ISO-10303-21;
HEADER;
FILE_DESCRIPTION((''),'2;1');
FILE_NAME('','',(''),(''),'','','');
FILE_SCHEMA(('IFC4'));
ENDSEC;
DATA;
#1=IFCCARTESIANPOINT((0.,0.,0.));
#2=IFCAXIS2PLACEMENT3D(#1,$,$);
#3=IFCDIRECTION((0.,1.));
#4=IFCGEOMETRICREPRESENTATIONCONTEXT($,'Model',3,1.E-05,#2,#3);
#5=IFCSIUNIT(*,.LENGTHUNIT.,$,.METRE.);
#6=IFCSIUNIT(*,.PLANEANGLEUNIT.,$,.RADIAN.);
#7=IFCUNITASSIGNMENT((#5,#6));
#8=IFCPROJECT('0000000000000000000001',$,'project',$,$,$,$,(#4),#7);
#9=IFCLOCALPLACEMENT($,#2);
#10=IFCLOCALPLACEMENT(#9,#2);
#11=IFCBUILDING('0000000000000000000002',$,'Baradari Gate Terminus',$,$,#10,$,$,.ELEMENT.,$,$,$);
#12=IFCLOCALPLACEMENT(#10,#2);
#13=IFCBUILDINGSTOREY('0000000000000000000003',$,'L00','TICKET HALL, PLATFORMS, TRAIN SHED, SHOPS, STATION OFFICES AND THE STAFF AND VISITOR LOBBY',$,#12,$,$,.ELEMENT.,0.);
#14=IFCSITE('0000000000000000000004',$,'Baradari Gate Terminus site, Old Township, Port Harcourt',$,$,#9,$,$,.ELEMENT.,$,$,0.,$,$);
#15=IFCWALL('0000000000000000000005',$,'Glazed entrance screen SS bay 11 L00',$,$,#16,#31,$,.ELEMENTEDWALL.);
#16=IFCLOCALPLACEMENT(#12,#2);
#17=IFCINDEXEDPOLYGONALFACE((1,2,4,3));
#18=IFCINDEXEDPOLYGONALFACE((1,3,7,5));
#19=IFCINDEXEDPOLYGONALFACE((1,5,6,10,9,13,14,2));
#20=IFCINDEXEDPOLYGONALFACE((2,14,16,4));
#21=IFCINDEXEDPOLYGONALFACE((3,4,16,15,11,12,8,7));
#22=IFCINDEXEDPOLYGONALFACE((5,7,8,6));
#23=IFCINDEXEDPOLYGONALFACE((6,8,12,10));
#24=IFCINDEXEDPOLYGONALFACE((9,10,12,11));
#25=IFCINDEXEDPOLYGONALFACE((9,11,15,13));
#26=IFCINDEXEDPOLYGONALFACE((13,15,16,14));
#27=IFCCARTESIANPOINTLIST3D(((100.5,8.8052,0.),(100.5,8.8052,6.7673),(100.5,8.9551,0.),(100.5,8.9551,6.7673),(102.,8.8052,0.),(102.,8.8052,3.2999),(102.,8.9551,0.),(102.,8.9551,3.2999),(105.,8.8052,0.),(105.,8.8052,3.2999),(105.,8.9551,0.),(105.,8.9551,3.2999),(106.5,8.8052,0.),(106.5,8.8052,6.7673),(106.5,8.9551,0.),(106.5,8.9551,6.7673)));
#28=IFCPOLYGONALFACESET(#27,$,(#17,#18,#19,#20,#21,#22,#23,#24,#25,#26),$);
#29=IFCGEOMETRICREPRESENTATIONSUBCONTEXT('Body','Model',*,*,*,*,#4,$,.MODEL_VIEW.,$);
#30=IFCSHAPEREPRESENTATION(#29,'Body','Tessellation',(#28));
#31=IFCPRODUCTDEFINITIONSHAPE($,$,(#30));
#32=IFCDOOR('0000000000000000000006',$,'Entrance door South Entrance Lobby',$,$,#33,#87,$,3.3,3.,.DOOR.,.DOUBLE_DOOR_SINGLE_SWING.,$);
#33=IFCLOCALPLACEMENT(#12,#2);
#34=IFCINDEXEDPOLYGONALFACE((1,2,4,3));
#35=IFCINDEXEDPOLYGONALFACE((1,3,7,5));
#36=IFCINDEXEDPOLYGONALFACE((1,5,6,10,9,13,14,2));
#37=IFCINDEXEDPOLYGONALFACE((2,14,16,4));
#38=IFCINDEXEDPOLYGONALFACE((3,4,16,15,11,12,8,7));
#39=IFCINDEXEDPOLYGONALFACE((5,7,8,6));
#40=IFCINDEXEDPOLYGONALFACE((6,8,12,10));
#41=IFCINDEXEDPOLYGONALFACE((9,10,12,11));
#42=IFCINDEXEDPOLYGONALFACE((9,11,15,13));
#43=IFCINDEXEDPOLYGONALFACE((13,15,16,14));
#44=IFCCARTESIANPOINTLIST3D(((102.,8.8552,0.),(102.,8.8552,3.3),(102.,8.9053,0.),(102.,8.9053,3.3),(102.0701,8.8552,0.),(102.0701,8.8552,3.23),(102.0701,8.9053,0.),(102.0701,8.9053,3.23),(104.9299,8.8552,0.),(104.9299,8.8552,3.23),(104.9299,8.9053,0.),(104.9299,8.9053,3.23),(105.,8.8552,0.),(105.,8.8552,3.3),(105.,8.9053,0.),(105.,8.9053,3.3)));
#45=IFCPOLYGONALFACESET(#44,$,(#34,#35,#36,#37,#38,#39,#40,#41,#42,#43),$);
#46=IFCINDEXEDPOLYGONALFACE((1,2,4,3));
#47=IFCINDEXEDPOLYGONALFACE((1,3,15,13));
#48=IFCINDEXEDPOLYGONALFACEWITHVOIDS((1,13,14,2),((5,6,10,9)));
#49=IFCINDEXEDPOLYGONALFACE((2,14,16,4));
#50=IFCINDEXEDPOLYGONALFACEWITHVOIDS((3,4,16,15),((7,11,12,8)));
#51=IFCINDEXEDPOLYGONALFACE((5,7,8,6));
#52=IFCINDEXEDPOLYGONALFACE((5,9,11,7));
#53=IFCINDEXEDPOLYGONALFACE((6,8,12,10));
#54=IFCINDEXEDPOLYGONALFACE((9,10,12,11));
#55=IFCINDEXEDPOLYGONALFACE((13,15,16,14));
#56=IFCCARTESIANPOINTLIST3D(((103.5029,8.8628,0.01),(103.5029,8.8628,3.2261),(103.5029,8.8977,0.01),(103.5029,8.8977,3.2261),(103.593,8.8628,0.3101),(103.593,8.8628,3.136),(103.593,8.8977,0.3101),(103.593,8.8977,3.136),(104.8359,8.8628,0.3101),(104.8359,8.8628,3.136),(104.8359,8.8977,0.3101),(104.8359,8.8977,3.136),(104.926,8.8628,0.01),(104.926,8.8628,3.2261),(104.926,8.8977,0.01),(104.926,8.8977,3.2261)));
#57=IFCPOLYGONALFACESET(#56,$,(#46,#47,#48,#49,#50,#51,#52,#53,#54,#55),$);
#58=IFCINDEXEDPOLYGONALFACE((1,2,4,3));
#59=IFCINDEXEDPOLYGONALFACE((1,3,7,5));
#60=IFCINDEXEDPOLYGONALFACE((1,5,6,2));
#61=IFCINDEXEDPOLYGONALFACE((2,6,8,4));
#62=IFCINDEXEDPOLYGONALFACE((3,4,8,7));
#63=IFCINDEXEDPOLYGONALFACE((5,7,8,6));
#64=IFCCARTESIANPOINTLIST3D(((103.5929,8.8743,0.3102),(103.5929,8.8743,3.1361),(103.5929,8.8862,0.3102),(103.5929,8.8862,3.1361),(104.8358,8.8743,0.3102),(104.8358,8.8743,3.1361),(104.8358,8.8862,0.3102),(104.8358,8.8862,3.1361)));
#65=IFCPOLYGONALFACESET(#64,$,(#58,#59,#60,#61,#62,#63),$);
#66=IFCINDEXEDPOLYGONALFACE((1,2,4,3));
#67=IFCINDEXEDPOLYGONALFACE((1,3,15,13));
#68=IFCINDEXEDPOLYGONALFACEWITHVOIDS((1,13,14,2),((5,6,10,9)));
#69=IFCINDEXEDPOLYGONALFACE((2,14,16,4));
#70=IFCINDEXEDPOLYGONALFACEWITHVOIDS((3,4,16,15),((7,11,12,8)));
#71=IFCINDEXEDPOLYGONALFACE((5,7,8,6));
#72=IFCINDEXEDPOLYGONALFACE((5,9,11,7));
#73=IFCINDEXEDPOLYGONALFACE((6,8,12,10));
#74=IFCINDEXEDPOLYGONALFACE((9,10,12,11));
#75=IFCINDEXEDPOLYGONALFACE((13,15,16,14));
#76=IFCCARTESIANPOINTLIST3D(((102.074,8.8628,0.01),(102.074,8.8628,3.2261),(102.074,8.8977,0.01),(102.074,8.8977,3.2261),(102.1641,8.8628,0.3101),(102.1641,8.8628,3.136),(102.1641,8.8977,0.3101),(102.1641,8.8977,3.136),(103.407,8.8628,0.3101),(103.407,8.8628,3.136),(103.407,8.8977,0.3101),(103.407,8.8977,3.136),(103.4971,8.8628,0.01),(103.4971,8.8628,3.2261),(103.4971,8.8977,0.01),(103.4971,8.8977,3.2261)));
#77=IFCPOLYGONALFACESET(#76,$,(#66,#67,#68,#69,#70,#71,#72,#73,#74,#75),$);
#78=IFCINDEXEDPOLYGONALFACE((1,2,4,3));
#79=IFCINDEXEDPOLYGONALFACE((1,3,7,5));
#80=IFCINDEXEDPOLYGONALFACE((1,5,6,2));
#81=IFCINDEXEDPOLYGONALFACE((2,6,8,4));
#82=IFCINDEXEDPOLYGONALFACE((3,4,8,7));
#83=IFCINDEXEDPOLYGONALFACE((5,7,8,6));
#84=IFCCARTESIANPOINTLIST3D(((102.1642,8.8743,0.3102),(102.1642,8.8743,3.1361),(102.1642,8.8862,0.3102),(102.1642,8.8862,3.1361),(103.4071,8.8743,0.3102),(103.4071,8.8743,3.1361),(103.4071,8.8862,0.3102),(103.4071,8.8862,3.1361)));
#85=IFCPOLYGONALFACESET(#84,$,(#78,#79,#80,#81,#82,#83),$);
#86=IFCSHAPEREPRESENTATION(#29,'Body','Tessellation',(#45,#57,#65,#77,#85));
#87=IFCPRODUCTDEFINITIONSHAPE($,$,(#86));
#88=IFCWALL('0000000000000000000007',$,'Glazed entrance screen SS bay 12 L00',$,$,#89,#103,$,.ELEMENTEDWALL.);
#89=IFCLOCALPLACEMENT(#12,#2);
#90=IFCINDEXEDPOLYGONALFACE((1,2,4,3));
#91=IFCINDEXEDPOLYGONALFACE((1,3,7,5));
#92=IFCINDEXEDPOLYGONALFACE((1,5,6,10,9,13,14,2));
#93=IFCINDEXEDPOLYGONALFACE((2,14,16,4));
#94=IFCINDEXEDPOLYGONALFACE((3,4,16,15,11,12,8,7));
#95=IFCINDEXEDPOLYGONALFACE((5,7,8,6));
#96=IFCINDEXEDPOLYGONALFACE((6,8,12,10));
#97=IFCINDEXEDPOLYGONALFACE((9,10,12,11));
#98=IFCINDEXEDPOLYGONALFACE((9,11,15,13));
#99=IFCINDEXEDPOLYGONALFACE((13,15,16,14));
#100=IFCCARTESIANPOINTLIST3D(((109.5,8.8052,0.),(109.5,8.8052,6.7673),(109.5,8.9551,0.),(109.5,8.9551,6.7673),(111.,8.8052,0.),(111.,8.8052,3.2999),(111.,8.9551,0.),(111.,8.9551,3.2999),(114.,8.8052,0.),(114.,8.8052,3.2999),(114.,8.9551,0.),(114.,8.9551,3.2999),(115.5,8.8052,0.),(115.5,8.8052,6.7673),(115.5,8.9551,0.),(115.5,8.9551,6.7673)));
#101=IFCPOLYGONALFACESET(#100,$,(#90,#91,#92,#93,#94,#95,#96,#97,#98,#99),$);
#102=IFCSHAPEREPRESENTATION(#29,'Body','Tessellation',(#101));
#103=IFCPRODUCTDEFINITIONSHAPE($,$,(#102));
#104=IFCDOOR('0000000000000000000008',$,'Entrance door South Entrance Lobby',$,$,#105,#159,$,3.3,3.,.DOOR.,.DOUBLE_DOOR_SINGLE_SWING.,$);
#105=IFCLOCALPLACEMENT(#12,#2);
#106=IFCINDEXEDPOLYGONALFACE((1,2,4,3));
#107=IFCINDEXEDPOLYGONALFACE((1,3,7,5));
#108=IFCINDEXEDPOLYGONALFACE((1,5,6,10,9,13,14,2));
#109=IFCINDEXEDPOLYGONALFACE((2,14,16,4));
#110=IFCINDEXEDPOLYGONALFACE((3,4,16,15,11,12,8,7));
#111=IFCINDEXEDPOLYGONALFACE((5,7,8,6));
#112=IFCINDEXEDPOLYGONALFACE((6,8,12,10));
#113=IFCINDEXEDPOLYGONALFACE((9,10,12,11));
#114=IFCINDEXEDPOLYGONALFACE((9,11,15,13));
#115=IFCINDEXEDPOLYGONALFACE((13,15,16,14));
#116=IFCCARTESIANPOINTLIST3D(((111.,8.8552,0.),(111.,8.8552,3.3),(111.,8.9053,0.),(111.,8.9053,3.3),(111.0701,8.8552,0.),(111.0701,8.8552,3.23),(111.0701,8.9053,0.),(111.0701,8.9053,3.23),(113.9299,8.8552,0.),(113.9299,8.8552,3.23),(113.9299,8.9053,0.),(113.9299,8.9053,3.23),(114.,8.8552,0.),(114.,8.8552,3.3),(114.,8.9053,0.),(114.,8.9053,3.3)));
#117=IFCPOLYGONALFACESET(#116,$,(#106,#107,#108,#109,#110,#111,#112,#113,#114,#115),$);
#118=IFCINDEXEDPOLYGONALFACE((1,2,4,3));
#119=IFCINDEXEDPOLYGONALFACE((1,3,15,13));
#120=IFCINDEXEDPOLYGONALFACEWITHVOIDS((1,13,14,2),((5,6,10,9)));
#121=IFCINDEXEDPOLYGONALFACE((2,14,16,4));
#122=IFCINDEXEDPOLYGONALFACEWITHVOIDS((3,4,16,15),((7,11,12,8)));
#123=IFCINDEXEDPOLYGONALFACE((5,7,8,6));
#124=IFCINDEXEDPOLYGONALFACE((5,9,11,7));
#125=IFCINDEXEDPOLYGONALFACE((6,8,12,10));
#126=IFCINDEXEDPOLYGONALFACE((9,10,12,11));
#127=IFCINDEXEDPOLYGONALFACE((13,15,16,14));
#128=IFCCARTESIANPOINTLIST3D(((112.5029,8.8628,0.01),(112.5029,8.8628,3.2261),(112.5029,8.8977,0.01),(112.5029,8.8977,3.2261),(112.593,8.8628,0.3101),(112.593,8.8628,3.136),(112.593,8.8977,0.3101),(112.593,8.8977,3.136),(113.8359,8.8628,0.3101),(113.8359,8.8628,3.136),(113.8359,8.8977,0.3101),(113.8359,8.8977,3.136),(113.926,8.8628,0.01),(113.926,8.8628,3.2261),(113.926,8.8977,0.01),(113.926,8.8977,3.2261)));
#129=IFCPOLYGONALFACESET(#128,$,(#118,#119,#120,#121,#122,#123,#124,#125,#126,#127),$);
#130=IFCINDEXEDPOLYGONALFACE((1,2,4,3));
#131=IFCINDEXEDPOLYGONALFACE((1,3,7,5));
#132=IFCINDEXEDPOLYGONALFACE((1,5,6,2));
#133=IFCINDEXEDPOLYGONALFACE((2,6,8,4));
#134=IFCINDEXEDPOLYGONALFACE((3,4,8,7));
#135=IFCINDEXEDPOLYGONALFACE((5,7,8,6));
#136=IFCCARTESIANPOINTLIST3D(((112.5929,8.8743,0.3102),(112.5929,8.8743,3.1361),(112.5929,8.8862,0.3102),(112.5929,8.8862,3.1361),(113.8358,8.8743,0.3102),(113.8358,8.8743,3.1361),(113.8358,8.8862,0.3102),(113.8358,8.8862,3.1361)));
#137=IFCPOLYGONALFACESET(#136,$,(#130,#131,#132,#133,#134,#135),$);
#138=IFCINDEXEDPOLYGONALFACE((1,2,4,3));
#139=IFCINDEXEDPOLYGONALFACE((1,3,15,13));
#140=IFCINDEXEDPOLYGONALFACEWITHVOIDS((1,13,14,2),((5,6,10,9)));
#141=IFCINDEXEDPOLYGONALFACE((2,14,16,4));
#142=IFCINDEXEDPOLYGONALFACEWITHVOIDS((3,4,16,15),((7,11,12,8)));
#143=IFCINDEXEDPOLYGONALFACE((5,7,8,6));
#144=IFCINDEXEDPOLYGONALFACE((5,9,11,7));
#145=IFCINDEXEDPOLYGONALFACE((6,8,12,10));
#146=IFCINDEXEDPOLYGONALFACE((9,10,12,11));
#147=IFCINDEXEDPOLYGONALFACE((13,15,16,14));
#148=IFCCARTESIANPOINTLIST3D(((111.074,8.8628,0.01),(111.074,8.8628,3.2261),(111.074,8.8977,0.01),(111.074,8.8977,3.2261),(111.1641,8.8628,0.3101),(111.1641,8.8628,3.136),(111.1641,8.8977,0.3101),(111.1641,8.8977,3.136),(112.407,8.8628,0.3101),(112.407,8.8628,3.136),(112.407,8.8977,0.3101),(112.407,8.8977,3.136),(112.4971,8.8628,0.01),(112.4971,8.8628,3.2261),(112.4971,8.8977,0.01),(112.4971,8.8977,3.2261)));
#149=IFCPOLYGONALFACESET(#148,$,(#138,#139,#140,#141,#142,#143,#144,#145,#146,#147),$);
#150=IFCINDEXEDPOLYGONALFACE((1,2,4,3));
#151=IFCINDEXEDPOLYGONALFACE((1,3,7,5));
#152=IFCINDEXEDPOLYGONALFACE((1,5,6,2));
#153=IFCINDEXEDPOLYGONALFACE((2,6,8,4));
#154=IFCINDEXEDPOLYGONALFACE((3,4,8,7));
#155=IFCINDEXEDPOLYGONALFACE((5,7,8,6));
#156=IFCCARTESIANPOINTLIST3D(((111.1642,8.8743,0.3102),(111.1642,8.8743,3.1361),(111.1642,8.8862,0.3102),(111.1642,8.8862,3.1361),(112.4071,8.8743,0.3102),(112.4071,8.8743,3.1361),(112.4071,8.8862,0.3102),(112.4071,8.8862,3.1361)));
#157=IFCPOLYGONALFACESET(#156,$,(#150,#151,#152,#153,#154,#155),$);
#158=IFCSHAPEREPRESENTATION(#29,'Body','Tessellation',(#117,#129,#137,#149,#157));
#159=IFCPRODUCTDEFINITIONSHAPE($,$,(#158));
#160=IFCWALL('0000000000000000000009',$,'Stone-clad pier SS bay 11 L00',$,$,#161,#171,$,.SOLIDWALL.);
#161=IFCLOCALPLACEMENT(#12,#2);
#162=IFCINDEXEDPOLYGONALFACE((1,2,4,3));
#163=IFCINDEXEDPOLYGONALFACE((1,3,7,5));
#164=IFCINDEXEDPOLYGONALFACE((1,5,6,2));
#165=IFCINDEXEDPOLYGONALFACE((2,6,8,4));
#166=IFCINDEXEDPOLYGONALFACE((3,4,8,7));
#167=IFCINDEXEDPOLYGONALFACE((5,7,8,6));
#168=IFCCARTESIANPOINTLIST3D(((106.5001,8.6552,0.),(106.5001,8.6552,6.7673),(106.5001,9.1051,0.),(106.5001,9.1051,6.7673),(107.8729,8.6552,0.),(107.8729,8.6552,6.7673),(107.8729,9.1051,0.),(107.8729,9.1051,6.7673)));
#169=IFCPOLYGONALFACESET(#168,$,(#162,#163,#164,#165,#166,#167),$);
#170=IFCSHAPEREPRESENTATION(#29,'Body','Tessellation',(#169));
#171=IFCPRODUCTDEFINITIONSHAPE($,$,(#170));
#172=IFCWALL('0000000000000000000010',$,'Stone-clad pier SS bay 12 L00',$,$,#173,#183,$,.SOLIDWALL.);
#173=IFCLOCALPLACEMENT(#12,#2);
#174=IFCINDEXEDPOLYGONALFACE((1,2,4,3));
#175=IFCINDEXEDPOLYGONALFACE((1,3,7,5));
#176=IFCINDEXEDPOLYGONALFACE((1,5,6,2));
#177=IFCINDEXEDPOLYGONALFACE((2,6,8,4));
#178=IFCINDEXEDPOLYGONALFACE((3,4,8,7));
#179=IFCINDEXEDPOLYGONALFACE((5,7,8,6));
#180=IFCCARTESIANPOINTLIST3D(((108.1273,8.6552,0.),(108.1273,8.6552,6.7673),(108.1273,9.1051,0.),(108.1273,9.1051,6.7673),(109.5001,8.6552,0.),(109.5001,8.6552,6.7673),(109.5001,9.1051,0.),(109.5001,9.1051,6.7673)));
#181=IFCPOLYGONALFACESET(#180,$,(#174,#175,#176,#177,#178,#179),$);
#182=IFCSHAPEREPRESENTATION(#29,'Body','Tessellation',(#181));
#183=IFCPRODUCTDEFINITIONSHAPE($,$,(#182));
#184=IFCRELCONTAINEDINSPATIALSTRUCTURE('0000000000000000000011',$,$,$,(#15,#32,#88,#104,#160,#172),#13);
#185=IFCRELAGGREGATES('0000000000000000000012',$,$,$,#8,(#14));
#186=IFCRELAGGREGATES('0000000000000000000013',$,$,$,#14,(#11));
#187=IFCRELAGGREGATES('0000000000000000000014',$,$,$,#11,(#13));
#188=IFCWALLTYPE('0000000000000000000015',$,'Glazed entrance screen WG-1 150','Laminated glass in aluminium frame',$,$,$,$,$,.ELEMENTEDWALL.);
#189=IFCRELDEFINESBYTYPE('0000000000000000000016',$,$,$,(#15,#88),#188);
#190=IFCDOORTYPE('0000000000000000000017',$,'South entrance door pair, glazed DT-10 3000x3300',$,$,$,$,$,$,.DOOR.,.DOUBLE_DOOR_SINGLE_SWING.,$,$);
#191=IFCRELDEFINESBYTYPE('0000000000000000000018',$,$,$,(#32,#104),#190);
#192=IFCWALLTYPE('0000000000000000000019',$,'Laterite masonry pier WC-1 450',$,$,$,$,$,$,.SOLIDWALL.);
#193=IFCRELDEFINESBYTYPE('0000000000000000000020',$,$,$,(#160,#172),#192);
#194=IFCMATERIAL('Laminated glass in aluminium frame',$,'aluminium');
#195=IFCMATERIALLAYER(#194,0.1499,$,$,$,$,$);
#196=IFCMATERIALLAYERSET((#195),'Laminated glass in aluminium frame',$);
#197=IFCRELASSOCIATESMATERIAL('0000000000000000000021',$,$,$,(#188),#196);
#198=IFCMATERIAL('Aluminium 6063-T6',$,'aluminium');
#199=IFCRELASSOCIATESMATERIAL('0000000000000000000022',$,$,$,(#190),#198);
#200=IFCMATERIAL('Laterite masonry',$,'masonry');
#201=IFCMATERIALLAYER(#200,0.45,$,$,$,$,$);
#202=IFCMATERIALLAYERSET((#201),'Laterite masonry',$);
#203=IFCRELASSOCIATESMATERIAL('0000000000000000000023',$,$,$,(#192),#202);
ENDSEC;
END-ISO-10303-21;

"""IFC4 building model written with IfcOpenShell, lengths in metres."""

from ifc_helpers import new_model, si_unit, direction, frame, frame_2d, origin, place, context, subcontext, project, spatial, polyline, rectangle, outline, extrude, material, layer, layer_set, type_object, element, fill, save


model = new_model("IFC4")

# Units and contexts
model_context = context("Model", 3, precision=1e-05, world=origin(), true_north=direction((0.0, 1.0)))
body_context = subcontext(model_context, "Body", "Model", "MODEL_VIEW")
ifc_project = project(units=[si_unit("LENGTHUNIT", "METRE"), si_unit("PLANEANGLEUNIT", "RADIAN")], contexts=[model_context])

# Site, building, storey
site_placement = place(None, origin())
site = spatial("IfcSite", under=ifc_project, at=site_placement, Name="Baradari Gate Terminus site, Old Township, Port Harcourt", CompositionType="ELEMENT", RefElevation=0.0)
building_placement = place(site_placement, origin())
building = spatial("IfcBuilding", under=site, at=building_placement, Name="Baradari Gate Terminus", CompositionType="ELEMENT")
storey_placement = place(building_placement, origin())
storey = spatial("IfcBuildingStorey", under=building, at=storey_placement, Name="L00", Description="TICKET HALL, PLATFORMS, TRAIN SHED, SHOPS, STATION OFFICES AND THE STAFF AND VISITOR LOBBY", CompositionType="ELEMENT", Elevation=0.0)

# Walls, openings, doors
ifc_material_1 = material(Name="Laminated glass in aluminium frame", Category="aluminium")
ifc_layer_1 = layer(ifc_material_1, 0.1499)
ifc_layer_set_1 = layer_set([ifc_layer_1], Name="Laminated glass in aluminium frame")
wall_type_1 = type_object("IfcWallType", Name="Glazed entrance screen WG-1 150", Description="Laminated glass in aluminium frame", PredefinedType="ELEMENTEDWALL", material=ifc_layer_set_1)
wall_1_placement = place(storey_placement, frame((100.5, 8.8801, 0.0), z_axis=(0.0, 0.0, 1.0), x_axis=(1.0, 0.0, 0.0)))
wall_1 = element("IfcWall", 1, at=wall_1_placement, inside=storey, type_object=wall_type_1, Name="Glazed entrance screen SS bay 11 L00", PredefinedType="ELEMENTEDWALL", context=body_context, shape_type="SweptSolid", body=[
    extrude(rectangle(XDim=6.0, YDim=0.1499, at=frame_2d((3.0, 0.0))), origin(), (0.0, 0.0, 1.0), 6.7673),
])
opening_1_placement = place(wall_1_placement, frame((1.5, 0.0, 0.0)))
opening_1 = element("IfcOpeningElement", 2, at=opening_1_placement, cuts=wall_1, PredefinedType="OPENING", context=body_context, shape_type="SweptSolid", body=[
    extrude(rectangle(XDim=3.0, YDim=3.3, at=frame_2d((1.5, 1.6499))), frame((0.0, 0.085, 0.0), z_axis=(0.0, -1.0, 0.0), x_axis=(1.0, 0.0, 0.0)), (0.0, 0.0, 1.0), 0.1699),
])
ifc_material_2 = material(Name="Aluminium 6063-T6", Category="aluminium")
door_type_1 = type_object("IfcDoorType", Name="South entrance door pair, glazed DT-10 3000x3300", OperationType="DOUBLE_DOOR_SINGLE_SWING", PredefinedType="DOOR", material=ifc_material_2)
door_1_placement = place(opening_1_placement, frame((3.0, 0.0, 0.0), z_axis=(0.0, 0.0, 1.0), x_axis=(-1.0, 0.0, 0.0)))
door_1 = element("IfcDoor", 3, at=door_1_placement, inside=storey, type_object=door_type_1, Name="Entrance door South Entrance Lobby", OperationType="DOUBLE_DOOR_SINGLE_SWING", OverallHeight=3.3, OverallWidth=3.0, PredefinedType="DOOR", context=body_context, shape_type="SweptSolid", body=[
    extrude(outline(polyline([(0.0, 0.0), (0.0701, 0.0), (0.0701, 3.23), (2.9299, 3.23), (2.9299, 0.0), (3.0, 0.0), (3.0, 3.3), (0.0, 3.3), (0.0, 0.0)])), frame((0.0, 0.0249, 0.0), z_axis=(0.0, -1.0, 0.0), x_axis=(1.0, 0.0, 0.0)), (0.0, 0.0, 1.0), 0.05),
    extrude(outline(polyline([(0.074, 0.01), (1.4971, 0.01), (1.4971, 3.2261), (0.074, 3.2261), (0.074, 0.01)]), holes=[polyline([(0.1641, 0.3101), (1.407, 0.3101), (1.407, 3.136), (0.1641, 3.136), (0.1641, 0.3101)])]), frame((0.0, 0.0173, 0.0), z_axis=(0.0, -1.0, 0.0), x_axis=(1.0, 0.0, 0.0)), (0.0, 0.0, 1.0), 0.0349),
    extrude(rectangle(XDim=1.2429, YDim=2.8259, at=frame_2d((0.7856, 1.7231))), frame((0.0, 0.0059, 0.0), z_axis=(0.0, -1.0, 0.0), x_axis=(1.0, 0.0, 0.0)), (0.0, 0.0, 1.0), 0.012),
    extrude(outline(polyline([(1.5029, 0.01), (2.926, 0.01), (2.926, 3.2261), (1.5029, 3.2261), (1.5029, 0.01)]), holes=[polyline([(1.593, 0.3101), (2.8359, 0.3101), (2.8359, 3.136), (1.593, 3.136), (1.593, 0.3101)])]), frame((0.0, 0.0173, 0.0), z_axis=(0.0, -1.0, 0.0), x_axis=(1.0, 0.0, 0.0)), (0.0, 0.0, 1.0), 0.0349),
    extrude(rectangle(XDim=1.2429, YDim=2.8259, at=frame_2d((2.2144, 1.7231))), frame((0.0, 0.0059, 0.0), z_axis=(0.0, -1.0, 0.0), x_axis=(1.0, 0.0, 0.0)), (0.0, 0.0, 1.0), 0.012),
])
fill(opening_1, door_1)
wall_2_placement = place(storey_placement, frame((109.5, 8.8801, 0.0), z_axis=(0.0, 0.0, 1.0), x_axis=(1.0, 0.0, 0.0)))
wall_2 = element("IfcWall", 4, at=wall_2_placement, inside=storey, type_object=wall_type_1, Name="Glazed entrance screen SS bay 12 L00", PredefinedType="ELEMENTEDWALL", context=body_context, shape_type="SweptSolid", body=[
    extrude(rectangle(XDim=6.0, YDim=0.1499, at=frame_2d((3.0, 0.0))), origin(), (0.0, 0.0, 1.0), 6.7673),
])
opening_2_placement = place(wall_2_placement, frame((1.5, 0.0, 0.0)))
opening_2 = element("IfcOpeningElement", 5, at=opening_2_placement, cuts=wall_2, PredefinedType="OPENING", context=body_context, shape_type="SweptSolid", body=[
    extrude(rectangle(XDim=3.0, YDim=3.3, at=frame_2d((1.5, 1.6499))), frame((0.0, 0.085, 0.0), z_axis=(0.0, -1.0, 0.0), x_axis=(1.0, 0.0, 0.0)), (0.0, 0.0, 1.0), 0.1699),
])
door_2_placement = place(opening_2_placement, frame((3.0, 0.0, 0.0), z_axis=(0.0, 0.0, 1.0), x_axis=(-1.0, 0.0, 0.0)))
door_2 = element("IfcDoor", 6, at=door_2_placement, inside=storey, type_object=door_type_1, Name="Entrance door South Entrance Lobby", OperationType="DOUBLE_DOOR_SINGLE_SWING", OverallHeight=3.3, OverallWidth=3.0, PredefinedType="DOOR", context=body_context, shape_type="SweptSolid", body=[
    extrude(outline(polyline([(0.0, 0.0), (0.0701, 0.0), (0.0701, 3.23), (2.9299, 3.23), (2.9299, 0.0), (3.0, 0.0), (3.0, 3.3), (0.0, 3.3), (0.0, 0.0)])), frame((0.0, 0.0249, 0.0), z_axis=(0.0, -1.0, 0.0), x_axis=(1.0, 0.0, 0.0)), (0.0, 0.0, 1.0), 0.05),
    extrude(outline(polyline([(0.074, 0.01), (1.4971, 0.01), (1.4971, 3.2261), (0.074, 3.2261), (0.074, 0.01)]), holes=[polyline([(0.1641, 0.3101), (1.407, 0.3101), (1.407, 3.136), (0.1641, 3.136), (0.1641, 0.3101)])]), frame((0.0, 0.0173, 0.0), z_axis=(0.0, -1.0, 0.0), x_axis=(1.0, 0.0, 0.0)), (0.0, 0.0, 1.0), 0.0349),
    extrude(rectangle(XDim=1.2429, YDim=2.8259, at=frame_2d((0.7856, 1.7231))), frame((0.0, 0.0059, 0.0), z_axis=(0.0, -1.0, 0.0), x_axis=(1.0, 0.0, 0.0)), (0.0, 0.0, 1.0), 0.012),
    extrude(outline(polyline([(1.5029, 0.01), (2.926, 0.01), (2.926, 3.2261), (1.5029, 3.2261), (1.5029, 0.01)]), holes=[polyline([(1.593, 0.3101), (2.8359, 0.3101), (2.8359, 3.136), (1.593, 3.136), (1.593, 0.3101)])]), frame((0.0, 0.0173, 0.0), z_axis=(0.0, -1.0, 0.0), x_axis=(1.0, 0.0, 0.0)), (0.0, 0.0, 1.0), 0.0349),
    extrude(rectangle(XDim=1.2429, YDim=2.8259, at=frame_2d((2.2144, 1.7231))), frame((0.0, 0.0059, 0.0), z_axis=(0.0, -1.0, 0.0), x_axis=(1.0, 0.0, 0.0)), (0.0, 0.0, 1.0), 0.012),
])
fill(opening_2, door_2)

# Walls
ifc_material_3 = material(Name="Laterite masonry", Category="masonry")
ifc_layer_2 = layer(ifc_material_3, 0.45)
ifc_layer_set_2 = layer_set([ifc_layer_2], Name="Laterite masonry")
wall_type_2 = type_object("IfcWallType", Name="Laterite masonry pier WC-1 450", PredefinedType="SOLIDWALL", material=ifc_layer_set_2)
for number, where, z_axis, x_axis, name in (
    (7, (106.5, 8.8801, 0.0), (0.0, 0.0, 1.0), (1.0, 0.0, 0.0), "Stone-clad pier SS bay 11 L00"),
    (8, (108.1272, 8.8801, 0.0), (0.0, 0.0, 1.0), (1.0, 0.0, 0.0), "Stone-clad pier SS bay 12 L00"),
):
    element("IfcWall", number, at=place(storey_placement, frame(where, z_axis=z_axis, x_axis=x_axis)), inside=storey, type_object=wall_type_2, Name=name, PredefinedType="SOLIDWALL", context=body_context, shape_type="SweptSolid", body=[
        extrude(rectangle(XDim=1.3728, YDim=0.45, at=frame_2d((0.6865, 0.0))), origin(), (0.0, 0.0, 1.0), 6.7673),
    ])

save(model, "model.ifc")
